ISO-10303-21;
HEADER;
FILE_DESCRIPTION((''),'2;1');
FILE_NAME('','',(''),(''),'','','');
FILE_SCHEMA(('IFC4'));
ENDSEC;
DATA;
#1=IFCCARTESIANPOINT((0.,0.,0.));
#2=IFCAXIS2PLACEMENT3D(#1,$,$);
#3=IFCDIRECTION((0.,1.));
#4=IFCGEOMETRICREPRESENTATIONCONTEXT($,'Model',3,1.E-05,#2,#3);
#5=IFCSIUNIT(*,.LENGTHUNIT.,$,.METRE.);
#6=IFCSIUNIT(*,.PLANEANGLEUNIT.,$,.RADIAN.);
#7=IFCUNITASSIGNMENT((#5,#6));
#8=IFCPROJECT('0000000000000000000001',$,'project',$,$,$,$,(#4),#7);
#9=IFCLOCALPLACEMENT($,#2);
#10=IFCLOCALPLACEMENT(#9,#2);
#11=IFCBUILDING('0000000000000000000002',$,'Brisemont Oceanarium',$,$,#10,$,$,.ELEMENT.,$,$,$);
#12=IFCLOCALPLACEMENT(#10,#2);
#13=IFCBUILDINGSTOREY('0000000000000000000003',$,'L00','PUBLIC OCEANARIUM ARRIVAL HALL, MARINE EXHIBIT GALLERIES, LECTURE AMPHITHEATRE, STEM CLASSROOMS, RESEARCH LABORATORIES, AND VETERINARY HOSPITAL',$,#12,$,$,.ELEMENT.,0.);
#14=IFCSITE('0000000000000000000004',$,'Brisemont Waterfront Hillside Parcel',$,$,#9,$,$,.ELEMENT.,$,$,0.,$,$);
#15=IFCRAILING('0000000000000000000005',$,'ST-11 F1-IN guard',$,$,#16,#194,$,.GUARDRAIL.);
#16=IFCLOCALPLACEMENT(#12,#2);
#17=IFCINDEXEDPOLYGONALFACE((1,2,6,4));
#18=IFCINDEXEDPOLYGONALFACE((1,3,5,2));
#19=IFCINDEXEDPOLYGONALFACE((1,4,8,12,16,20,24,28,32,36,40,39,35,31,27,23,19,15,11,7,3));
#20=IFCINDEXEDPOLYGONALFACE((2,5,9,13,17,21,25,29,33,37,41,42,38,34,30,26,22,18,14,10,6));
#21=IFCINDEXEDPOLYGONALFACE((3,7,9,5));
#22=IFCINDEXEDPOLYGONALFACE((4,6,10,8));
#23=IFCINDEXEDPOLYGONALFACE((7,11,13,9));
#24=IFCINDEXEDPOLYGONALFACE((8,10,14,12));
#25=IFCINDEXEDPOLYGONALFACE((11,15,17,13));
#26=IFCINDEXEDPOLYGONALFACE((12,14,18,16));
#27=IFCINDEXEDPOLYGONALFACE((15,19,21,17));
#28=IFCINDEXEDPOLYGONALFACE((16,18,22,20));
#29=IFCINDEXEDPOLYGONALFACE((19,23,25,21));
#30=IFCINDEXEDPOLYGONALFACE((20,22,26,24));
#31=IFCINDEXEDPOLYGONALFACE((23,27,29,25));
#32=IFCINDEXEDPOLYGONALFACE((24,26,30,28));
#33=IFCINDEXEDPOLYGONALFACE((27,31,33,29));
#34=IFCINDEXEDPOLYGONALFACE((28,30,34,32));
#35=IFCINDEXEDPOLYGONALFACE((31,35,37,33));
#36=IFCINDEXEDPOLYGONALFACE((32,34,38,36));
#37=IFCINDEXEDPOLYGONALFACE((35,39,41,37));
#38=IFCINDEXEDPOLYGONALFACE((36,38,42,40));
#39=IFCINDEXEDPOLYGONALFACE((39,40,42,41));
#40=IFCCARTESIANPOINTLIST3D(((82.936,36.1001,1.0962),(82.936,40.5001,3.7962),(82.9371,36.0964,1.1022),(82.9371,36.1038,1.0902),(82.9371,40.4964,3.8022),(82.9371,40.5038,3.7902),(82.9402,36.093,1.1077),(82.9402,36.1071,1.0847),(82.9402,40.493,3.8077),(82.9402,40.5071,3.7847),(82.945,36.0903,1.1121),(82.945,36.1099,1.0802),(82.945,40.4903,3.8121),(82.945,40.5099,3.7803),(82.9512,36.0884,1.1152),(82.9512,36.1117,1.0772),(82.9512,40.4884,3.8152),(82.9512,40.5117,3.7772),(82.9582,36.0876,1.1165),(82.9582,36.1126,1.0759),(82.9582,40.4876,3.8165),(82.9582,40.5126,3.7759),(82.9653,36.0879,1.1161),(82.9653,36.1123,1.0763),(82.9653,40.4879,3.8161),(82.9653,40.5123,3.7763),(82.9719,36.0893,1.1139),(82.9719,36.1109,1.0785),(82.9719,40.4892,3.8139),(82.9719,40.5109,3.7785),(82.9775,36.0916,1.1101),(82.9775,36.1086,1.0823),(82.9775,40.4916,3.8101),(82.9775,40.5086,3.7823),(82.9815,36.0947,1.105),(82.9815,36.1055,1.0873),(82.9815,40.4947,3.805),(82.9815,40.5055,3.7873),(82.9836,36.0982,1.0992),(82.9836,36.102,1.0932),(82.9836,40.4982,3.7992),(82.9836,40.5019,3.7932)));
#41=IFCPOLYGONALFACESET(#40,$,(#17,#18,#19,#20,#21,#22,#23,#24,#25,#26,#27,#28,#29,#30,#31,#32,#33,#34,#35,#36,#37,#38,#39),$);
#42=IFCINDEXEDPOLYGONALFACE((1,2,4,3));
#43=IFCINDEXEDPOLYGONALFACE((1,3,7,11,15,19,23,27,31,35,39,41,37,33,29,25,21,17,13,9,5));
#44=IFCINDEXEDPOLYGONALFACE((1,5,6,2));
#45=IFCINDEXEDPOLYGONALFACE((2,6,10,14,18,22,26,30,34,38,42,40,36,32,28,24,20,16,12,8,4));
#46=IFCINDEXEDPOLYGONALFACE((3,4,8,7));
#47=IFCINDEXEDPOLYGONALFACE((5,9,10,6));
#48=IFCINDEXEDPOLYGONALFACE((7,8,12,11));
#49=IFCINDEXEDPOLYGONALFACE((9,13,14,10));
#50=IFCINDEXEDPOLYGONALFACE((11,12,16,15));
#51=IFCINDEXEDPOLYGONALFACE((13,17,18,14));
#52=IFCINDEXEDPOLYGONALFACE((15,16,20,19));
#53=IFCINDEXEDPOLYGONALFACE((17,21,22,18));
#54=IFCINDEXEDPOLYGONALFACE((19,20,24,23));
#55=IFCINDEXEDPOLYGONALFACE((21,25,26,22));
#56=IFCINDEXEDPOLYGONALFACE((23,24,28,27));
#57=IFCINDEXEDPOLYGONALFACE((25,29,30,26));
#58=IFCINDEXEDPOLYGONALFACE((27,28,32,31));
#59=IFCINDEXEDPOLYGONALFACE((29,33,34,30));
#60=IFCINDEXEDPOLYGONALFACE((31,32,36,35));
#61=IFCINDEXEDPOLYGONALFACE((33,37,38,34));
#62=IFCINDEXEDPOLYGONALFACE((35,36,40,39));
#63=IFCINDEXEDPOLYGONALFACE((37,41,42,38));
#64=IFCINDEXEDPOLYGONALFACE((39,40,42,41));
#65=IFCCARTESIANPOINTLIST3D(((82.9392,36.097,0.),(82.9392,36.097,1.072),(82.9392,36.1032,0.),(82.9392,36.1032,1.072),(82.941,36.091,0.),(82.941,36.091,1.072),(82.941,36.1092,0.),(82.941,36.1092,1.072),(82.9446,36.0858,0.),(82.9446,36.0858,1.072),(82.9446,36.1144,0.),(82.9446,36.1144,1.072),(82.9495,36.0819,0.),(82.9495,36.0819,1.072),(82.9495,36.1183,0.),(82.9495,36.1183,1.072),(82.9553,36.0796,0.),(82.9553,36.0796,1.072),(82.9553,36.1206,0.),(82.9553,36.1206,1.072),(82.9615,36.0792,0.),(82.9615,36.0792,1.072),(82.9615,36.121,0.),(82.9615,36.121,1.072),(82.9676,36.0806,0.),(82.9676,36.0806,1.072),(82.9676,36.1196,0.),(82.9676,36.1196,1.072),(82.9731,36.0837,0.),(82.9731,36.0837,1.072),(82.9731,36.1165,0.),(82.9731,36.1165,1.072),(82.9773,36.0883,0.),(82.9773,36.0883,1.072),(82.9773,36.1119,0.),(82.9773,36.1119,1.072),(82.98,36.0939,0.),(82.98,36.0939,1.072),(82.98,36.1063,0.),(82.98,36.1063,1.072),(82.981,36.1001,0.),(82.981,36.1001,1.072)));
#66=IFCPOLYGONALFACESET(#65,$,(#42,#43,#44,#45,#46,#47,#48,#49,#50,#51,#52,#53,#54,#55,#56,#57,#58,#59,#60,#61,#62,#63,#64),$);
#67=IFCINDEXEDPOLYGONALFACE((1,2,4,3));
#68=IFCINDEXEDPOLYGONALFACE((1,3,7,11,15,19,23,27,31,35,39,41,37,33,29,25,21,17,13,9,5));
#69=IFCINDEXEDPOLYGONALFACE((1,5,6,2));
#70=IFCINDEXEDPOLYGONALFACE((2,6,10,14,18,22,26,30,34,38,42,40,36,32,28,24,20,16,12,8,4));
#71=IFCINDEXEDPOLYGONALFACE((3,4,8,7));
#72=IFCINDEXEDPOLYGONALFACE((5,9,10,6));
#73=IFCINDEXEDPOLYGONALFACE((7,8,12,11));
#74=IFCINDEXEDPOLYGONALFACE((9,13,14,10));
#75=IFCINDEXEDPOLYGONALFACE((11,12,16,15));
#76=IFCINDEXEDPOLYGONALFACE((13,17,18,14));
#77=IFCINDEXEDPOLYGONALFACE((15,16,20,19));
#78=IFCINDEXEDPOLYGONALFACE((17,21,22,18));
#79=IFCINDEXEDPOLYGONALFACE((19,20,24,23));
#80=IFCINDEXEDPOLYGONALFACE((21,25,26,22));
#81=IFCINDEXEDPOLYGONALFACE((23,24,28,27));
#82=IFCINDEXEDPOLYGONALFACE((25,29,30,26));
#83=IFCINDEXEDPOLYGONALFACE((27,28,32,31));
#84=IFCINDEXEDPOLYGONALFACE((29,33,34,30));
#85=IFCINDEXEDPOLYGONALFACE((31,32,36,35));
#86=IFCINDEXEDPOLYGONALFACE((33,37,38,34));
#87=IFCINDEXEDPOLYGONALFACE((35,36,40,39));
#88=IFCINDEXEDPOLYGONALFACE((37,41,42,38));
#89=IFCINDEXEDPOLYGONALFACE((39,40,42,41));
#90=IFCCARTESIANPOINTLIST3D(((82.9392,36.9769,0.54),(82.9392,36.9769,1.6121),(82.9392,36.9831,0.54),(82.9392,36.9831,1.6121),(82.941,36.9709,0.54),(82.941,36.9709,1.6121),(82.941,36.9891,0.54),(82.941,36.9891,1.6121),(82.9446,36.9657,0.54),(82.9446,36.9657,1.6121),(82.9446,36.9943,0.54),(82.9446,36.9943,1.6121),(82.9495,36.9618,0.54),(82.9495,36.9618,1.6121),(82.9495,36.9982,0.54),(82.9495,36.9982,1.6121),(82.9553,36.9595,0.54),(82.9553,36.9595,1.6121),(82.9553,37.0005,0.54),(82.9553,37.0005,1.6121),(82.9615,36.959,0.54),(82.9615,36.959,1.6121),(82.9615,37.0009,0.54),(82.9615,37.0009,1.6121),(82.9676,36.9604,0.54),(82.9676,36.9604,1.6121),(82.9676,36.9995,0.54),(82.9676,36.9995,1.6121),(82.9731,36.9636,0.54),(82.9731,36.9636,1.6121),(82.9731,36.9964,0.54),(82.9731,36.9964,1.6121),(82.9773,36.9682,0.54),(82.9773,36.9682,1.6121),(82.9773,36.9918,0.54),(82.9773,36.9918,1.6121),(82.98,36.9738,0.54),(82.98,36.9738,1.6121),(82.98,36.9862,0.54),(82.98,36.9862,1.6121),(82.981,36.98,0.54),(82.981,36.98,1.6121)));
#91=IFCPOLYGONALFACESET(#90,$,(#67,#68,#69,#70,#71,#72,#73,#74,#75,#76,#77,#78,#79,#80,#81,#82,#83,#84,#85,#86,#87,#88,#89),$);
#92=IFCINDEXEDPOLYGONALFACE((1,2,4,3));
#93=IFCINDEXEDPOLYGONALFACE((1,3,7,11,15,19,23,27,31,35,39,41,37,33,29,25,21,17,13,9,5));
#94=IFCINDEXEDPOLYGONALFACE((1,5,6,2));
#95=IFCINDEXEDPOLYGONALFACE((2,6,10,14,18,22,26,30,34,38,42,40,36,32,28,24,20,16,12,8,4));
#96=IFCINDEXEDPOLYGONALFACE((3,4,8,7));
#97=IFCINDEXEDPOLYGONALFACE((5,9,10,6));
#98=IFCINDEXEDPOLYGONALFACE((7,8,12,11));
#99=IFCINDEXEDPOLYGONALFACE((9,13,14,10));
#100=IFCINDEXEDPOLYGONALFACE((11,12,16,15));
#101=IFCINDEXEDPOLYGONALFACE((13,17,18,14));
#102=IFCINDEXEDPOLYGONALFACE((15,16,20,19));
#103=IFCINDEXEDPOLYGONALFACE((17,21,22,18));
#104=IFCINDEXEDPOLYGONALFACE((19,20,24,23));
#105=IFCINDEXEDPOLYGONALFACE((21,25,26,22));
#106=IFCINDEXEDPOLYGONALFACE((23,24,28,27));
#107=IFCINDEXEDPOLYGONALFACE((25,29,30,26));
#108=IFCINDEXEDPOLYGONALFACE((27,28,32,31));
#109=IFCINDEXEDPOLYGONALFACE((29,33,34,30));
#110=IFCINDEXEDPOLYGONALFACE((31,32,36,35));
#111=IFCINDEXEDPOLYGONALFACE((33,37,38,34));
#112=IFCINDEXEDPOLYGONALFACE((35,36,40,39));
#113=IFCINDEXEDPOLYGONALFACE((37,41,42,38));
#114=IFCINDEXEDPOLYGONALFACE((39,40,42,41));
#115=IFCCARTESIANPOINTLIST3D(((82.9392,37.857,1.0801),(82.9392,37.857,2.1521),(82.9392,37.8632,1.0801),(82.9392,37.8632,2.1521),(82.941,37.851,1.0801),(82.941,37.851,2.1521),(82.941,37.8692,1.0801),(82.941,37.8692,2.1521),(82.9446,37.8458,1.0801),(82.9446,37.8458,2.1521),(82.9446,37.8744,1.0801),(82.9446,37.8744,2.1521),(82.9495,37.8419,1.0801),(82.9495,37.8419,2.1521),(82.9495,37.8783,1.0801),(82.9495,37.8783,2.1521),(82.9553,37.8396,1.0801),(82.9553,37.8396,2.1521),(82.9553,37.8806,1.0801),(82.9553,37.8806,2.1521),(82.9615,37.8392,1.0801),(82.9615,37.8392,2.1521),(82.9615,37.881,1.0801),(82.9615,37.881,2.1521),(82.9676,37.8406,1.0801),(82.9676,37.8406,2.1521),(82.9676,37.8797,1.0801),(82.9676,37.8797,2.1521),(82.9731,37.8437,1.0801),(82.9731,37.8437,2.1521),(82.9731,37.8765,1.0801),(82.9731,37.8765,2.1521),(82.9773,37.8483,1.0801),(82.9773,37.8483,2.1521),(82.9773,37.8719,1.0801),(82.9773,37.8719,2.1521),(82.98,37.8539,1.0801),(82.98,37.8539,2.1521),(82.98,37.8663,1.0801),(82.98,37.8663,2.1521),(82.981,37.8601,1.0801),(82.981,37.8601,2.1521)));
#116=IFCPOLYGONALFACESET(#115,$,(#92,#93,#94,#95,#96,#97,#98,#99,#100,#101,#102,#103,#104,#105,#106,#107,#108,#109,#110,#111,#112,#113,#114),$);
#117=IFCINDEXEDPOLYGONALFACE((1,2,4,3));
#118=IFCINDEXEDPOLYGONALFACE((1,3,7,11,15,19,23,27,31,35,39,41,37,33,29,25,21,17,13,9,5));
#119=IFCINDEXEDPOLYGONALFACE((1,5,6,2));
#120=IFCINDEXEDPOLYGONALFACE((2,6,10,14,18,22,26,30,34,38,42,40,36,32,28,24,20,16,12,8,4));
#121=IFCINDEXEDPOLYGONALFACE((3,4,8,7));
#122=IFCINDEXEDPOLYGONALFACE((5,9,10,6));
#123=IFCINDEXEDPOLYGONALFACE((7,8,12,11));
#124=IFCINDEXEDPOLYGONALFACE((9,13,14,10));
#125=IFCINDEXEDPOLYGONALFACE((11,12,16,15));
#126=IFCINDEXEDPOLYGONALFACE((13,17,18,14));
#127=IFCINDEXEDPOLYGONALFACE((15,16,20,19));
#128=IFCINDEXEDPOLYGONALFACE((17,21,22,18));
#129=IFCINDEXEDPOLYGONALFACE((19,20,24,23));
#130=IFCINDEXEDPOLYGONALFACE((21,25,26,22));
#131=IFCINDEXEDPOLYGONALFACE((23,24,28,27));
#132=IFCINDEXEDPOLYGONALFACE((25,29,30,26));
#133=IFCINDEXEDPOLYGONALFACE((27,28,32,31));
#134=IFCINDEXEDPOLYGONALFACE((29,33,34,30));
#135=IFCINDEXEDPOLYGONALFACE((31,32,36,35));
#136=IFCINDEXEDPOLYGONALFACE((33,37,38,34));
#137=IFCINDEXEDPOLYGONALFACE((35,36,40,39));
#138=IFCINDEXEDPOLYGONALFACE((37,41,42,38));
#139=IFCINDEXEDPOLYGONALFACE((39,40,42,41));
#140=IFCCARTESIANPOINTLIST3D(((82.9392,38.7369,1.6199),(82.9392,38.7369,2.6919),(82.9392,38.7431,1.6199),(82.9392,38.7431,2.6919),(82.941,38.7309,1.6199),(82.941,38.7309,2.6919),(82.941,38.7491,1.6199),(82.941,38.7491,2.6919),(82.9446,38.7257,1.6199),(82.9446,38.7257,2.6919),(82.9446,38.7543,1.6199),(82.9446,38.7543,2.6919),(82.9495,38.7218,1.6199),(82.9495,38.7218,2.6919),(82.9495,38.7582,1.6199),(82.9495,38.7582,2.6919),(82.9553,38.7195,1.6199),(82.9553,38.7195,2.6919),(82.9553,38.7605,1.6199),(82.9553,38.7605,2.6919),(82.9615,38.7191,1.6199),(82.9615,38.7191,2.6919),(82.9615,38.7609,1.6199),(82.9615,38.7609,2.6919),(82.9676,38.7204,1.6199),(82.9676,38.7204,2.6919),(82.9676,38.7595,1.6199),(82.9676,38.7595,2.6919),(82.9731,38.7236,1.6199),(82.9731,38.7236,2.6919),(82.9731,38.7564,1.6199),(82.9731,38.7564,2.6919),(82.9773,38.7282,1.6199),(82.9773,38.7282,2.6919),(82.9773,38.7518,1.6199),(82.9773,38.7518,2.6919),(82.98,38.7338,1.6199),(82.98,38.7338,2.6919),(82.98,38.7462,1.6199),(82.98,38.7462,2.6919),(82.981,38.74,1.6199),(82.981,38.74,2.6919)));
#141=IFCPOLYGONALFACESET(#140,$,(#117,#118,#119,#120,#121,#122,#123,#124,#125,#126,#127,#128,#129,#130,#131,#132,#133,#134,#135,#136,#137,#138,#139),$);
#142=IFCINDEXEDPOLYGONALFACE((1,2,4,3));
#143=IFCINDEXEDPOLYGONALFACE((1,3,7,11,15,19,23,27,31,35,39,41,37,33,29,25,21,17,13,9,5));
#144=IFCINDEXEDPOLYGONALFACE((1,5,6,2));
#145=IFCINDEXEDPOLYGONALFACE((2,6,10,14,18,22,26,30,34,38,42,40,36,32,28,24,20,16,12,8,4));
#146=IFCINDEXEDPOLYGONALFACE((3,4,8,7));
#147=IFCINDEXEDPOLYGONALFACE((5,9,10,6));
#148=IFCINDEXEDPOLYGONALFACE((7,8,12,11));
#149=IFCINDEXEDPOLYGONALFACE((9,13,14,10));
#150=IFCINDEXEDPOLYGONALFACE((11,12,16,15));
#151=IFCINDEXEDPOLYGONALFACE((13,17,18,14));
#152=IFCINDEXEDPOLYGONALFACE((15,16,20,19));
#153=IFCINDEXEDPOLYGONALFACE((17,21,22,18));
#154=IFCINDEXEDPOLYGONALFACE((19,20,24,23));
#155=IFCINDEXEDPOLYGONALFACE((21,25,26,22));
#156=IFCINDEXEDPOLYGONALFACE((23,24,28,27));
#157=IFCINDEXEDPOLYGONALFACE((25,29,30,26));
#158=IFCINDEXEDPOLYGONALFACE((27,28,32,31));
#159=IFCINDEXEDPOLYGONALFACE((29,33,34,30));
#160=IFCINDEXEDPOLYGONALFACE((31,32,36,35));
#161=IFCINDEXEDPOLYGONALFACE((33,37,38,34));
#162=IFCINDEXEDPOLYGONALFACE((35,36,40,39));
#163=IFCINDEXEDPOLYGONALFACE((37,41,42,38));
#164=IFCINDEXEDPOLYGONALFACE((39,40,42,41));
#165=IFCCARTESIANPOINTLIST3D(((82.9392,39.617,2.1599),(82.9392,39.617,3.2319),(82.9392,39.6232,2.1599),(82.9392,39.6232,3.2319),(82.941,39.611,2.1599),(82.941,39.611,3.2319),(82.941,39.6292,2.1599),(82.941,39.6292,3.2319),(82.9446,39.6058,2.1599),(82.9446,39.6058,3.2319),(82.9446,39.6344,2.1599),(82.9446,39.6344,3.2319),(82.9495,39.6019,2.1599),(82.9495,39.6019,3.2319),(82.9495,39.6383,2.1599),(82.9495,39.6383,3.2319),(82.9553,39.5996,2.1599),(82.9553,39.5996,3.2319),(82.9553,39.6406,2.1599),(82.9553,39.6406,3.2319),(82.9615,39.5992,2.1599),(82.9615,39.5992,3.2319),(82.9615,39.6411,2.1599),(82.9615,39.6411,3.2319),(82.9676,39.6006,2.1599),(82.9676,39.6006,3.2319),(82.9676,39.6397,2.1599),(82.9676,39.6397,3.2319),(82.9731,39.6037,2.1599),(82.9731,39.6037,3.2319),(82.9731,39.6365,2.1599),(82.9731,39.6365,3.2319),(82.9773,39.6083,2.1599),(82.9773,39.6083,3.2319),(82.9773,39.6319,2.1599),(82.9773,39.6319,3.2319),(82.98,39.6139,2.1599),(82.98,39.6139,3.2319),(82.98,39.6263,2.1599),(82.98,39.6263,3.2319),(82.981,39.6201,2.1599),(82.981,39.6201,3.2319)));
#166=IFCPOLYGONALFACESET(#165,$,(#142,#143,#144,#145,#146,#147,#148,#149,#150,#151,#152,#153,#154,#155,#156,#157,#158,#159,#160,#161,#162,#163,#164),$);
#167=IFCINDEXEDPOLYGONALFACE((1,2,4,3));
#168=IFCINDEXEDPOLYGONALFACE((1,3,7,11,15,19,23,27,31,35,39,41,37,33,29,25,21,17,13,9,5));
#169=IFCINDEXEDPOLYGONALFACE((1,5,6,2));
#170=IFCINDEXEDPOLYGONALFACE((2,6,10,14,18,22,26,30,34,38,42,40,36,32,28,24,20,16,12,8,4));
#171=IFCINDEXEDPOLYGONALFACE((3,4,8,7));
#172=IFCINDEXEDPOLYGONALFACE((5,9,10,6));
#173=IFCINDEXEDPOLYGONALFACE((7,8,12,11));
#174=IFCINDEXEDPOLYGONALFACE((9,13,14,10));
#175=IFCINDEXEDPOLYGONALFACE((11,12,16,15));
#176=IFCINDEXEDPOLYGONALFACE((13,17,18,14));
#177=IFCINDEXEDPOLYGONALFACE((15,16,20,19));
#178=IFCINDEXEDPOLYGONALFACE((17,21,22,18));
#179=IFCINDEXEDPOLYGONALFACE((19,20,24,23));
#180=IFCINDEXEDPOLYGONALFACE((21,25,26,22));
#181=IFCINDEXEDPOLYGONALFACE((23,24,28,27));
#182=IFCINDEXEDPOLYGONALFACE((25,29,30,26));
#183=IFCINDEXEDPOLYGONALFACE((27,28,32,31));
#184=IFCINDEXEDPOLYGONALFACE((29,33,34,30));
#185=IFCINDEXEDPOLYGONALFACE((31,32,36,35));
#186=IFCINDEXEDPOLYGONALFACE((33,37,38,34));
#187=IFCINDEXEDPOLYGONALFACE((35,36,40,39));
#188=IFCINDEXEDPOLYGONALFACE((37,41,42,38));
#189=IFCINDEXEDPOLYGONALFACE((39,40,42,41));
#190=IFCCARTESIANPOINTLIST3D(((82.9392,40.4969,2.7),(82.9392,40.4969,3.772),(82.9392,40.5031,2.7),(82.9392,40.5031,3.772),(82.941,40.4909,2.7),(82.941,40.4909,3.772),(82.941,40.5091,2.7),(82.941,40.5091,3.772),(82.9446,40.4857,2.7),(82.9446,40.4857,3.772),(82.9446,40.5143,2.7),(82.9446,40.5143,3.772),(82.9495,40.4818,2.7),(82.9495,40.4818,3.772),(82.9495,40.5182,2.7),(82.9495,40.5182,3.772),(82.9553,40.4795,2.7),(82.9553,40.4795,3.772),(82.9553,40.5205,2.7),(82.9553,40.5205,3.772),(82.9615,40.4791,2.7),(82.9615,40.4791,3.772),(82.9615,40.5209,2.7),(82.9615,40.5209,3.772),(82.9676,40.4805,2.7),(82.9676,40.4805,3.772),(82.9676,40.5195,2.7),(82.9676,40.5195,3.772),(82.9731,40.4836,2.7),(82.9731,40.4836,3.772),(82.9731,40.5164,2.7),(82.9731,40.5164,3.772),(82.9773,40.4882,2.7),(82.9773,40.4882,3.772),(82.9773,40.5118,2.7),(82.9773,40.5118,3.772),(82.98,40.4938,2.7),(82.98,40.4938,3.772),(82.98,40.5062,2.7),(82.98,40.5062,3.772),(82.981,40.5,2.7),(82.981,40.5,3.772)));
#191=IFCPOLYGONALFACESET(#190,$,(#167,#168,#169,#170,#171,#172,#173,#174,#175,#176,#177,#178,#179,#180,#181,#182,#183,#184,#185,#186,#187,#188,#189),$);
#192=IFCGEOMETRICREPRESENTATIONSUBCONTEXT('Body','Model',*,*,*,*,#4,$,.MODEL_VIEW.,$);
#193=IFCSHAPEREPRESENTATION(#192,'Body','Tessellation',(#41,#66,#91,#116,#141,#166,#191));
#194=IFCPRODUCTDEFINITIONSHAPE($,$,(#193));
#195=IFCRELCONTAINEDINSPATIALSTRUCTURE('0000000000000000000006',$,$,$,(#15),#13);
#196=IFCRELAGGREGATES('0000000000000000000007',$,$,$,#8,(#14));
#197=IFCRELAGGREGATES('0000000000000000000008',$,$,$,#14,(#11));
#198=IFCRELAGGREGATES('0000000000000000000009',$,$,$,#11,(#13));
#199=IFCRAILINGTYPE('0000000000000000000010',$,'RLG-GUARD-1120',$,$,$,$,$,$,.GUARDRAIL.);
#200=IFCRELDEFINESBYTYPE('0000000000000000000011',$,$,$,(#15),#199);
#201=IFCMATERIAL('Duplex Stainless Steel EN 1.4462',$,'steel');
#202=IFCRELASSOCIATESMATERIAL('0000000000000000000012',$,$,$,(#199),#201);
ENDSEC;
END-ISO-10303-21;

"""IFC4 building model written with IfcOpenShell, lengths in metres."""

from ifc_helpers import new_model, si_unit, direction, frame, origin, origin_2d, place, context, subcontext, project, spatial, circle, extrude, material, type_object, element, save


model = new_model("IFC4")

# Units and contexts
model_context = context("Model", 3, precision=1e-05, world=origin(), true_north=direction((0.0, 1.0)))
body_context = subcontext(model_context, "Body", "Model", "MODEL_VIEW")
ifc_project = project(units=[si_unit("LENGTHUNIT", "METRE"), si_unit("PLANEANGLEUNIT", "RADIAN")], contexts=[model_context])

# Site, building, storey
site_placement = place(None, origin())
site = spatial("IfcSite", under=ifc_project, at=site_placement, Name="Brisemont Waterfront Hillside Parcel", CompositionType="ELEMENT", RefElevation=0.0)
building_placement = place(site_placement, origin())
building = spatial("IfcBuilding", under=site, at=building_placement, Name="Brisemont Oceanarium", CompositionType="ELEMENT")
storey_placement = place(building_placement, origin())
storey = spatial("IfcBuildingStorey", under=building, at=storey_placement, Name="L00", Description="PUBLIC OCEANARIUM ARRIVAL HALL, MARINE EXHIBIT GALLERIES, LECTURE AMPHITHEATRE, STEM CLASSROOMS, RESEARCH LABORATORIES, AND VETERINARY HOSPITAL", CompositionType="ELEMENT", Elevation=0.0)

# Railing
ifc_material_1 = material(Name="Duplex Stainless Steel EN 1.4462", Category="steel")
railing_type_1 = type_object("IfcRailingType", Name="RLG-GUARD-1120", PredefinedType="GUARDRAIL", material=ifc_material_1)
for number, where, name in (
    (1, (82.96, 36.1001, 0.0), "ST-11 F1-IN guard"),
):
    element("IfcRailing", number, at=place(storey_placement, frame(where)), inside=storey, type_object=railing_type_1, Name=name, PredefinedType="GUARDRAIL", context=body_context, shape_type="SweptSolid", body=[
        extrude(circle(Radius=0.0239, at=origin_2d()), frame((0.0, 0.0, 1.0962), z_axis=(0.0, 0.852322, 0.523018), x_axis=(-1.0, 0.0, 0.0)), (0.0, 0.0, 1.0), 5.1624),
        extrude(circle(Radius=0.021, at=origin_2d()), origin(), (0.0, 0.0, 1.0), 1.072),
        extrude(circle(Radius=0.021, at=origin_2d()), frame((0.0, 0.8799, 0.54)), (0.0, 0.0, 1.0), 1.072),
        extrude(circle(Radius=0.021, at=origin_2d()), frame((0.0, 1.76, 1.0801)), (0.0, 0.0, 1.0), 1.072),
        extrude(circle(Radius=0.021, at=origin_2d()), frame((0.0, 2.6399, 1.6199)), (0.0, 0.0, 1.0), 1.072),
        extrude(circle(Radius=0.021, at=origin_2d()), frame((0.0, 3.52, 2.1599)), (0.0, 0.0, 1.0), 1.072),
        extrude(circle(Radius=0.021, at=origin_2d()), frame((0.0, 4.3999, 2.7)), (0.0, 0.0, 1.0), 1.072),
    ])

save(model, "model.ifc")
